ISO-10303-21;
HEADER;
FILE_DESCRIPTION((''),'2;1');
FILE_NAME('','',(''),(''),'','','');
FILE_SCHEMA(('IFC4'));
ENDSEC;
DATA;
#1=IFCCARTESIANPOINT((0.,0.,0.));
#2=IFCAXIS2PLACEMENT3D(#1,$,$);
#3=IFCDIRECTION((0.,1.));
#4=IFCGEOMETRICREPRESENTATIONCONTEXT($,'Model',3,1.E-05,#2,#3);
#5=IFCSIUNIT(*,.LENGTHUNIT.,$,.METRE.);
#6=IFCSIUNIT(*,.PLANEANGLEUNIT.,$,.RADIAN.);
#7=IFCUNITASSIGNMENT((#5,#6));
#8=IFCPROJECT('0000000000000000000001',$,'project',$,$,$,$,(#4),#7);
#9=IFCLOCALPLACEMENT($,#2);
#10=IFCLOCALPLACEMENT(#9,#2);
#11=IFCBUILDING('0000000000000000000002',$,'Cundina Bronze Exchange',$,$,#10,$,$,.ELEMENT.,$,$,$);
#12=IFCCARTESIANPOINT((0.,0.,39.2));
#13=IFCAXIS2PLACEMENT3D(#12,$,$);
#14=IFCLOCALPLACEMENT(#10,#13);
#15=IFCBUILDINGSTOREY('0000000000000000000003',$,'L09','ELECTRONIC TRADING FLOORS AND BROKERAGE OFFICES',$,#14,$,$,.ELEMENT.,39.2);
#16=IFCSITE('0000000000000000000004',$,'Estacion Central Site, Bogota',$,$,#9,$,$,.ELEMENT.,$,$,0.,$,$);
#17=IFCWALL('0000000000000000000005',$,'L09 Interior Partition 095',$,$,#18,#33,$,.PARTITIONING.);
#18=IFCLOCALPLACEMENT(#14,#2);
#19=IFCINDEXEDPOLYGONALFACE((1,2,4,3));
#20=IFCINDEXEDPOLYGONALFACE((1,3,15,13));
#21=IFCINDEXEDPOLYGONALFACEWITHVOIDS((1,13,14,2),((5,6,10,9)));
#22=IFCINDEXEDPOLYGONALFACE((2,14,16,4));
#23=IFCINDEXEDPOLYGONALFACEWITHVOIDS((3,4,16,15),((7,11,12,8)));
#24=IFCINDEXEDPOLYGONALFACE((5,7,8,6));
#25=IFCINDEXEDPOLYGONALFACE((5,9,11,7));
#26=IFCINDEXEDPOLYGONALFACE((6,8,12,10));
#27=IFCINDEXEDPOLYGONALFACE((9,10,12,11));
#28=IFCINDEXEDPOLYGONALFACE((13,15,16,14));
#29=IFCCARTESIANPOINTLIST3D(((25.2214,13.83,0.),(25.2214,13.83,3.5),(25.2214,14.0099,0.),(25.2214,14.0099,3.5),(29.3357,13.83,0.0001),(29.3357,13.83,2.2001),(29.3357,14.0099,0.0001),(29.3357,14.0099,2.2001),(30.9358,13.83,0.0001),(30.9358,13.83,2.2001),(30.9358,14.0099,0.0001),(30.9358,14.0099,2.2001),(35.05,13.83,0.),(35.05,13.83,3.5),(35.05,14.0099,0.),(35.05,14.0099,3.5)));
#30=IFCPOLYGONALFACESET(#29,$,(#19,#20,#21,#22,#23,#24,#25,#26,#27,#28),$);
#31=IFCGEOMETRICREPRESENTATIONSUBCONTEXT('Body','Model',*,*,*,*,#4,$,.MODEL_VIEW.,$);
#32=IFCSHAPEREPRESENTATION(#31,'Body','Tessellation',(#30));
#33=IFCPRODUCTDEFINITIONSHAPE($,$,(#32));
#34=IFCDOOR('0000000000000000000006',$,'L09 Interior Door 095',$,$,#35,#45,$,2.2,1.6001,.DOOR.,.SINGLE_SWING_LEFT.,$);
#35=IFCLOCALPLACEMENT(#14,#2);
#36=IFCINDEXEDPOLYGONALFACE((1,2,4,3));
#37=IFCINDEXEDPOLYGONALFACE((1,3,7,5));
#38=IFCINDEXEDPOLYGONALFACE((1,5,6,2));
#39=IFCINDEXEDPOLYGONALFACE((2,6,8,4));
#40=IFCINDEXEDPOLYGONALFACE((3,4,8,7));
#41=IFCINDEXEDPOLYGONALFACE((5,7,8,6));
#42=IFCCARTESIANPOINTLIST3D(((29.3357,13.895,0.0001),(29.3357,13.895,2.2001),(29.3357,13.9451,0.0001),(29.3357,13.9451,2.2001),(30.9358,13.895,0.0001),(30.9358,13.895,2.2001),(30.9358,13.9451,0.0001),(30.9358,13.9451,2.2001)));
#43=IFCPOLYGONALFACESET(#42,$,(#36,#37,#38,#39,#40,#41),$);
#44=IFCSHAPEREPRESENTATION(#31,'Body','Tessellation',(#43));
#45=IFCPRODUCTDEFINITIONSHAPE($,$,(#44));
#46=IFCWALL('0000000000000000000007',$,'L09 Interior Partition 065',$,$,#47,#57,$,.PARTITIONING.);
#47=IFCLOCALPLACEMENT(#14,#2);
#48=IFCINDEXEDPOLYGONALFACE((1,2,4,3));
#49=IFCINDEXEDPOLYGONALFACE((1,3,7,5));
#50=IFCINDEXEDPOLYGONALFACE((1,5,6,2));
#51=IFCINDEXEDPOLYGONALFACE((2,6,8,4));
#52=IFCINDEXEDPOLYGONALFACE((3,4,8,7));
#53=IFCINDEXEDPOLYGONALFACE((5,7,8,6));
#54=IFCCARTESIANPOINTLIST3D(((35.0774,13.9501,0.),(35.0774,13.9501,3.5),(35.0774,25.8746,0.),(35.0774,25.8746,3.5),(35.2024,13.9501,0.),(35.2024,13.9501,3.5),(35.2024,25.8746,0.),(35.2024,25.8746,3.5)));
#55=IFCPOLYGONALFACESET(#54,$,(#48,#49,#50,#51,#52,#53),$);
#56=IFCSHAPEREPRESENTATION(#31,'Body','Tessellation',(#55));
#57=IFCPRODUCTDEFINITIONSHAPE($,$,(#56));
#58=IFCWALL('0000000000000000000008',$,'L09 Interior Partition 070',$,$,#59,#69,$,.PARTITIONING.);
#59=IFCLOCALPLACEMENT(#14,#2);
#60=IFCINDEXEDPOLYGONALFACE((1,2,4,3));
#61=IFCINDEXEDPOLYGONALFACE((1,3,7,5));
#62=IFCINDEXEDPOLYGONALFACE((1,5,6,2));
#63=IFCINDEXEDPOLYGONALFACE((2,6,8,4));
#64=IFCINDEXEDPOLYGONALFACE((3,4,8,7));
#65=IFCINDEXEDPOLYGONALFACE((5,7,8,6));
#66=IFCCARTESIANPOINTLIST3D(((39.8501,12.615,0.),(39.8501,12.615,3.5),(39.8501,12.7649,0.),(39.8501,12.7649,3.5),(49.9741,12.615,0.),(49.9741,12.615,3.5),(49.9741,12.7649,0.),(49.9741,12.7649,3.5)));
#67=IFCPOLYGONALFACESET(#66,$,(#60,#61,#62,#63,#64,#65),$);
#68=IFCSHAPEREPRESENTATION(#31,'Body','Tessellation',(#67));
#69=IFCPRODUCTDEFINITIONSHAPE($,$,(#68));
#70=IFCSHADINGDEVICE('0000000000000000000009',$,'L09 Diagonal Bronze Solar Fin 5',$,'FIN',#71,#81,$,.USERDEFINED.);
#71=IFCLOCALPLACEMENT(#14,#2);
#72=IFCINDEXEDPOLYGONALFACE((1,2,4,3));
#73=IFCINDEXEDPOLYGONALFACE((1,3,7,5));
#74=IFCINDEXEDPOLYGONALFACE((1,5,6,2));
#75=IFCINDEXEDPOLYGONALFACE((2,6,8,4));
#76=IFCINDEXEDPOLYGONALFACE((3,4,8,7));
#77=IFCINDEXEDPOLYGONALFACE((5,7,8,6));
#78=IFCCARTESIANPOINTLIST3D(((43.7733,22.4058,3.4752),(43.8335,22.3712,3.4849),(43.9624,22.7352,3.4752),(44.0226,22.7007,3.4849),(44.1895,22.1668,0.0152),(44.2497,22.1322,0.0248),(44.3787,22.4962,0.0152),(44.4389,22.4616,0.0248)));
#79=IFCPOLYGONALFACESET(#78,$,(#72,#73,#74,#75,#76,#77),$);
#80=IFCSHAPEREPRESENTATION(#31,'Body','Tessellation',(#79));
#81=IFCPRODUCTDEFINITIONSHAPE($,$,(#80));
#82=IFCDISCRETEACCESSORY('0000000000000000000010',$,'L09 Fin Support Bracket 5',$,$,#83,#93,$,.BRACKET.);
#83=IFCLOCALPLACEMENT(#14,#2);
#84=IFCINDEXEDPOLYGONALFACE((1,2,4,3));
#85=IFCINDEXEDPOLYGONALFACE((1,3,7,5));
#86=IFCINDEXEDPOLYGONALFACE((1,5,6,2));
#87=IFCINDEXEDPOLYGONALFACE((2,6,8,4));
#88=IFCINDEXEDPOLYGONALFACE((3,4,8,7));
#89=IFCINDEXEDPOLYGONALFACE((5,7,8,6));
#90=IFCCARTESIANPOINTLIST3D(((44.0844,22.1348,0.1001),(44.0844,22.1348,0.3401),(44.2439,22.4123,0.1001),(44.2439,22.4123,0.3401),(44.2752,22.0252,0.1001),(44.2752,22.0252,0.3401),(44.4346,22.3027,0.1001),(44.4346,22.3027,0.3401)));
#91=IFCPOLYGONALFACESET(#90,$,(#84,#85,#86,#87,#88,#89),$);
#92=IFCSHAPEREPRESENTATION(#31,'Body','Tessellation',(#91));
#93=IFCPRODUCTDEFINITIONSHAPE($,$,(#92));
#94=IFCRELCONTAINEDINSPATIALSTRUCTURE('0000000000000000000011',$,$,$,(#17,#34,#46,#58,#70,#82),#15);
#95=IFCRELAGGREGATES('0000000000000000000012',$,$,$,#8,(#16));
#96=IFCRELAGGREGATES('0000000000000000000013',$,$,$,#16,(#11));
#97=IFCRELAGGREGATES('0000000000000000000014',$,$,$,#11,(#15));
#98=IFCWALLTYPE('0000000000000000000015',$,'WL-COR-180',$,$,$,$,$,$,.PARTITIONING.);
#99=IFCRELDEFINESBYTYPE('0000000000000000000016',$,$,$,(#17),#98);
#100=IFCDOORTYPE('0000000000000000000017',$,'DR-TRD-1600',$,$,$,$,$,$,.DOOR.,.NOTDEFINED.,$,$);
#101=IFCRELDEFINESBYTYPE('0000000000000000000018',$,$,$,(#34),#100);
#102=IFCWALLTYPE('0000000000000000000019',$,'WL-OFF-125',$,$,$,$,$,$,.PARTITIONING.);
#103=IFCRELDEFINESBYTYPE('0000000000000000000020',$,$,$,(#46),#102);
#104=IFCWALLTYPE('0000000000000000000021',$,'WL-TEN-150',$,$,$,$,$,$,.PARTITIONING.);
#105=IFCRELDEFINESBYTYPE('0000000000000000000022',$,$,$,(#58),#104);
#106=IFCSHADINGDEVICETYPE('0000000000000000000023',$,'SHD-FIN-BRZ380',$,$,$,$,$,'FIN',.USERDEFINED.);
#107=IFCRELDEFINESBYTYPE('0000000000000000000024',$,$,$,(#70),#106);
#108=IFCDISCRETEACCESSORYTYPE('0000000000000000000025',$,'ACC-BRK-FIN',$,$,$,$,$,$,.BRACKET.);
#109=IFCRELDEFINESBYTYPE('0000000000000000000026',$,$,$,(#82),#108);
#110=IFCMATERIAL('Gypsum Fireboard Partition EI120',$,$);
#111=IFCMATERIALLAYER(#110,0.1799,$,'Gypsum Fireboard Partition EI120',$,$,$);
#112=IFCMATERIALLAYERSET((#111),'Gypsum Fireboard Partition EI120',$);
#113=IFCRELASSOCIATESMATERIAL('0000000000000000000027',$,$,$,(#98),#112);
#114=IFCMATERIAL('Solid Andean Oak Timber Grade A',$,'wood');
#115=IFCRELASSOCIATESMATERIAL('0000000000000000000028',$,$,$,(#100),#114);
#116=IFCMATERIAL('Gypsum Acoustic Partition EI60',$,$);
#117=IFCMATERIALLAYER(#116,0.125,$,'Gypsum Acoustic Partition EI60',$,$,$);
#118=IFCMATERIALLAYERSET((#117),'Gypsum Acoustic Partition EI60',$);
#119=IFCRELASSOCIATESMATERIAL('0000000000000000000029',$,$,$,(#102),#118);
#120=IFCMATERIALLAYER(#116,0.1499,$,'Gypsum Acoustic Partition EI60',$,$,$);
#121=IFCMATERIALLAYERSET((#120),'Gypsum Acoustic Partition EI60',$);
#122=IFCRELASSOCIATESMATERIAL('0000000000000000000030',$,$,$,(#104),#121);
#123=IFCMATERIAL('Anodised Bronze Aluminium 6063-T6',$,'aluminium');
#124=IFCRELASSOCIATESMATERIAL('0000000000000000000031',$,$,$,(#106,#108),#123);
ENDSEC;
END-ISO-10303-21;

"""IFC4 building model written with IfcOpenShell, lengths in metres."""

from ifc_helpers import new_model, si_unit, direction, frame, frame_2d, origin, origin_2d, place, context, subcontext, project, spatial, rectangle, extrude, material, layer, layer_set, material_profile, profile_set, type_object, element, fill, save


model = new_model("IFC4")

# Units and contexts
model_context = context("Model", 3, precision=1e-05, world=origin(), true_north=direction((0.0, 1.0)))
body_context = subcontext(model_context, "Body", "Model", "MODEL_VIEW")
ifc_project = project(units=[si_unit("LENGTHUNIT", "METRE"), si_unit("PLANEANGLEUNIT", "RADIAN")], contexts=[model_context])

# Site, building, storey
site_placement = place(None, origin())
site = spatial("IfcSite", under=ifc_project, at=site_placement, Name="Estacion Central Site, Bogota", CompositionType="ELEMENT", RefElevation=0.0)
building_placement = place(site_placement, origin())
building = spatial("IfcBuilding", under=site, at=building_placement, Name="Cundina Bronze Exchange", CompositionType="ELEMENT")
storey_placement = place(building_placement, frame((0.0, 0.0, 39.2)))
storey = spatial("IfcBuildingStorey", under=building, at=storey_placement, Name="L09", Description="ELECTRONIC TRADING FLOORS AND BROKERAGE OFFICES", CompositionType="ELEMENT", Elevation=39.2)

# Shared definitions
ifc_material_1 = material(Name="Anodised Bronze Aluminium 6063-T6", Category="aluminium")

# Shared definitions
ifc_material_2 = material(Name="Gypsum Fireboard Partition EI120")
ifc_layer_1 = layer(ifc_material_2, 0.1799, Name="Gypsum Fireboard Partition EI120")
ifc_layer_set_1 = layer_set([ifc_layer_1], Name="Gypsum Fireboard Partition EI120")
wall_type_1 = type_object("IfcWallType", Name="WL-COR-180", PredefinedType="PARTITIONING", material=ifc_layer_set_1)

# Shared definitions
ifc_material_3 = material(Name="Solid Andean Oak Timber Grade A", Category="wood")

# Wall, opening, door
wall_1_placement = place(storey_placement, frame((35.05, 13.9199, 0.0), z_axis=(0.0, 0.0, 1.0), x_axis=(-1.0, 0.0, 0.0)))
wall_1 = element("IfcWall", 1, at=wall_1_placement, inside=storey, type_object=wall_type_1, Name="L09 Interior Partition 095", PredefinedType="PARTITIONING", context=body_context, shape_type="SweptSolid", body=[
    extrude(rectangle(XDim=9.8286, YDim=0.1799, at=frame_2d((4.9143, 0.0))), origin(), (0.0, 0.0, 1.0), 3.5),
])
opening_1_placement = place(wall_1_placement, frame((4.1143, 0.0, 0.0)))
opening_1 = element("IfcOpeningElement", 2, at=opening_1_placement, cuts=wall_1, PredefinedType="OPENING", context=body_context, shape_type="SweptSolid", body=[
    extrude(rectangle(XDim=1.6001, YDim=2.2, at=frame_2d((0.8, 1.1001))), frame((0.0, 0.0999, 0.0), z_axis=(0.0, -1.0, 0.0), x_axis=(1.0, 0.0, 0.0)), (0.0, 0.0, 1.0), 0.2),
])
door_type_1 = type_object("IfcDoorType", Name="DR-TRD-1600", OperationType="NOTDEFINED", PredefinedType="DOOR", material=ifc_material_3)
door_1_placement = place(opening_1_placement, origin())
door_1 = element("IfcDoor", 3, at=door_1_placement, inside=storey, type_object=door_type_1, Name="L09 Interior Door 095", OperationType="SINGLE_SWING_LEFT", OverallHeight=2.2, OverallWidth=1.6001, PredefinedType="DOOR", context=body_context, shape_type="SweptSolid", body=[
    extrude(rectangle(XDim=1.6001, YDim=2.2, at=frame_2d((0.8, 1.1001))), frame((0.0, 0.0249, 0.0), z_axis=(0.0, -1.0, 0.0), x_axis=(1.0, 0.0, 0.0)), (0.0, 0.0, 1.0), 0.05),
])
fill(opening_1, door_1)

# Walls
ifc_material_4 = material(Name="Gypsum Acoustic Partition EI60")
ifc_layer_2 = layer(ifc_material_4, 0.125, Name="Gypsum Acoustic Partition EI60")
ifc_layer_set_2 = layer_set([ifc_layer_2], Name="Gypsum Acoustic Partition EI60")
wall_type_2 = type_object("IfcWallType", Name="WL-OFF-125", PredefinedType="PARTITIONING", material=ifc_layer_set_2)
wall_2_placement = place(storey_placement, frame((35.1399, 13.95, 0.0), z_axis=(0.0, 0.0, 1.0), x_axis=(0.0, 1.0, 0.0)))
element("IfcWall", 4, at=wall_2_placement, inside=storey, type_object=wall_type_2, Name="L09 Interior Partition 065", PredefinedType="PARTITIONING", context=body_context, shape_type="SweptSolid", body=[
    extrude(rectangle(XDim=11.9246, YDim=0.125, at=frame_2d((5.9624, 0.0))), origin(), (0.0, 0.0, 1.0), 3.5),
])
ifc_layer_3 = layer(ifc_material_4, 0.1499, Name="Gypsum Acoustic Partition EI60")
ifc_layer_set_3 = layer_set([ifc_layer_3], Name="Gypsum Acoustic Partition EI60")
wall_type_3 = type_object("IfcWallType", Name="WL-TEN-150", PredefinedType="PARTITIONING", material=ifc_layer_set_3)
wall_3_placement = place(storey_placement, frame((39.8501, 12.6899, 0.0), z_axis=(0.0, 0.0, 1.0), x_axis=(1.0, 0.0, 0.0)))
element("IfcWall", 5, at=wall_3_placement, inside=storey, type_object=wall_type_3, Name="L09 Interior Partition 070", PredefinedType="PARTITIONING", context=body_context, shape_type="SweptSolid", body=[
    extrude(rectangle(XDim=10.124, YDim=0.1499, at=frame_2d((5.062, 0.0))), origin(), (0.0, 0.0, 1.0), 3.5),
])

# Shading device
ifc_material_profile_1 = material_profile(ifc_material_1, rectangle(XDim=0.0701, YDim=0.3799, at=origin_2d()), Name="FIN70X380", Category="aluminium")
ifc_profile_set_1 = profile_set([ifc_material_profile_1], Name="Anodised Bronze Aluminium 6063-T6")
shading_device_type = type_object("IfcShadingDeviceType", Name="SHD-FIN-BRZ380", ElementType="FIN", PredefinedType="USERDEFINED", material=ifc_profile_set_1)
shading_device_placement = place(storey_placement, frame((44.3142, 22.3142, 0.02), z_axis=(-0.119166, 0.068425, 0.990514), x_axis=(0.858982, -0.493222, 0.137414)))
element("IfcShadingDevice", 6, at=shading_device_placement, inside=storey, type_object=shading_device_type, Name="L09 Diagonal Bronze Solar Fin 5", ObjectType="FIN", PredefinedType="USERDEFINED", context=body_context, shape_type="SweptSolid", body=[
    extrude(rectangle(XDim=0.0701, YDim=0.3799, at=origin_2d()), origin(), (0.0, 0.0, 1.0), 3.4932),
])

# Discrete accessory
discrete_accessory_type = type_object("IfcDiscreteAccessoryType", Name="ACC-BRK-FIN", PredefinedType="BRACKET", material=ifc_material_1)
discrete_accessory_placement = place(storey_placement, frame((44.2595, 22.2188, 0.1001), z_axis=(0.0, 0.0, 1.0), x_axis=(-0.867105, 0.498125, 0.0)))
element("IfcDiscreteAccessory", 7, at=discrete_accessory_placement, inside=storey, type_object=discrete_accessory_type, Name="L09 Fin Support Bracket 5", PredefinedType="BRACKET", context=body_context, shape_type="SweptSolid", body=[
    extrude(rectangle(XDim=0.22, YDim=0.3201, at=origin_2d()), origin(), (0.0, 0.0, 1.0), 0.24),
])

save(model, "model.ifc")
